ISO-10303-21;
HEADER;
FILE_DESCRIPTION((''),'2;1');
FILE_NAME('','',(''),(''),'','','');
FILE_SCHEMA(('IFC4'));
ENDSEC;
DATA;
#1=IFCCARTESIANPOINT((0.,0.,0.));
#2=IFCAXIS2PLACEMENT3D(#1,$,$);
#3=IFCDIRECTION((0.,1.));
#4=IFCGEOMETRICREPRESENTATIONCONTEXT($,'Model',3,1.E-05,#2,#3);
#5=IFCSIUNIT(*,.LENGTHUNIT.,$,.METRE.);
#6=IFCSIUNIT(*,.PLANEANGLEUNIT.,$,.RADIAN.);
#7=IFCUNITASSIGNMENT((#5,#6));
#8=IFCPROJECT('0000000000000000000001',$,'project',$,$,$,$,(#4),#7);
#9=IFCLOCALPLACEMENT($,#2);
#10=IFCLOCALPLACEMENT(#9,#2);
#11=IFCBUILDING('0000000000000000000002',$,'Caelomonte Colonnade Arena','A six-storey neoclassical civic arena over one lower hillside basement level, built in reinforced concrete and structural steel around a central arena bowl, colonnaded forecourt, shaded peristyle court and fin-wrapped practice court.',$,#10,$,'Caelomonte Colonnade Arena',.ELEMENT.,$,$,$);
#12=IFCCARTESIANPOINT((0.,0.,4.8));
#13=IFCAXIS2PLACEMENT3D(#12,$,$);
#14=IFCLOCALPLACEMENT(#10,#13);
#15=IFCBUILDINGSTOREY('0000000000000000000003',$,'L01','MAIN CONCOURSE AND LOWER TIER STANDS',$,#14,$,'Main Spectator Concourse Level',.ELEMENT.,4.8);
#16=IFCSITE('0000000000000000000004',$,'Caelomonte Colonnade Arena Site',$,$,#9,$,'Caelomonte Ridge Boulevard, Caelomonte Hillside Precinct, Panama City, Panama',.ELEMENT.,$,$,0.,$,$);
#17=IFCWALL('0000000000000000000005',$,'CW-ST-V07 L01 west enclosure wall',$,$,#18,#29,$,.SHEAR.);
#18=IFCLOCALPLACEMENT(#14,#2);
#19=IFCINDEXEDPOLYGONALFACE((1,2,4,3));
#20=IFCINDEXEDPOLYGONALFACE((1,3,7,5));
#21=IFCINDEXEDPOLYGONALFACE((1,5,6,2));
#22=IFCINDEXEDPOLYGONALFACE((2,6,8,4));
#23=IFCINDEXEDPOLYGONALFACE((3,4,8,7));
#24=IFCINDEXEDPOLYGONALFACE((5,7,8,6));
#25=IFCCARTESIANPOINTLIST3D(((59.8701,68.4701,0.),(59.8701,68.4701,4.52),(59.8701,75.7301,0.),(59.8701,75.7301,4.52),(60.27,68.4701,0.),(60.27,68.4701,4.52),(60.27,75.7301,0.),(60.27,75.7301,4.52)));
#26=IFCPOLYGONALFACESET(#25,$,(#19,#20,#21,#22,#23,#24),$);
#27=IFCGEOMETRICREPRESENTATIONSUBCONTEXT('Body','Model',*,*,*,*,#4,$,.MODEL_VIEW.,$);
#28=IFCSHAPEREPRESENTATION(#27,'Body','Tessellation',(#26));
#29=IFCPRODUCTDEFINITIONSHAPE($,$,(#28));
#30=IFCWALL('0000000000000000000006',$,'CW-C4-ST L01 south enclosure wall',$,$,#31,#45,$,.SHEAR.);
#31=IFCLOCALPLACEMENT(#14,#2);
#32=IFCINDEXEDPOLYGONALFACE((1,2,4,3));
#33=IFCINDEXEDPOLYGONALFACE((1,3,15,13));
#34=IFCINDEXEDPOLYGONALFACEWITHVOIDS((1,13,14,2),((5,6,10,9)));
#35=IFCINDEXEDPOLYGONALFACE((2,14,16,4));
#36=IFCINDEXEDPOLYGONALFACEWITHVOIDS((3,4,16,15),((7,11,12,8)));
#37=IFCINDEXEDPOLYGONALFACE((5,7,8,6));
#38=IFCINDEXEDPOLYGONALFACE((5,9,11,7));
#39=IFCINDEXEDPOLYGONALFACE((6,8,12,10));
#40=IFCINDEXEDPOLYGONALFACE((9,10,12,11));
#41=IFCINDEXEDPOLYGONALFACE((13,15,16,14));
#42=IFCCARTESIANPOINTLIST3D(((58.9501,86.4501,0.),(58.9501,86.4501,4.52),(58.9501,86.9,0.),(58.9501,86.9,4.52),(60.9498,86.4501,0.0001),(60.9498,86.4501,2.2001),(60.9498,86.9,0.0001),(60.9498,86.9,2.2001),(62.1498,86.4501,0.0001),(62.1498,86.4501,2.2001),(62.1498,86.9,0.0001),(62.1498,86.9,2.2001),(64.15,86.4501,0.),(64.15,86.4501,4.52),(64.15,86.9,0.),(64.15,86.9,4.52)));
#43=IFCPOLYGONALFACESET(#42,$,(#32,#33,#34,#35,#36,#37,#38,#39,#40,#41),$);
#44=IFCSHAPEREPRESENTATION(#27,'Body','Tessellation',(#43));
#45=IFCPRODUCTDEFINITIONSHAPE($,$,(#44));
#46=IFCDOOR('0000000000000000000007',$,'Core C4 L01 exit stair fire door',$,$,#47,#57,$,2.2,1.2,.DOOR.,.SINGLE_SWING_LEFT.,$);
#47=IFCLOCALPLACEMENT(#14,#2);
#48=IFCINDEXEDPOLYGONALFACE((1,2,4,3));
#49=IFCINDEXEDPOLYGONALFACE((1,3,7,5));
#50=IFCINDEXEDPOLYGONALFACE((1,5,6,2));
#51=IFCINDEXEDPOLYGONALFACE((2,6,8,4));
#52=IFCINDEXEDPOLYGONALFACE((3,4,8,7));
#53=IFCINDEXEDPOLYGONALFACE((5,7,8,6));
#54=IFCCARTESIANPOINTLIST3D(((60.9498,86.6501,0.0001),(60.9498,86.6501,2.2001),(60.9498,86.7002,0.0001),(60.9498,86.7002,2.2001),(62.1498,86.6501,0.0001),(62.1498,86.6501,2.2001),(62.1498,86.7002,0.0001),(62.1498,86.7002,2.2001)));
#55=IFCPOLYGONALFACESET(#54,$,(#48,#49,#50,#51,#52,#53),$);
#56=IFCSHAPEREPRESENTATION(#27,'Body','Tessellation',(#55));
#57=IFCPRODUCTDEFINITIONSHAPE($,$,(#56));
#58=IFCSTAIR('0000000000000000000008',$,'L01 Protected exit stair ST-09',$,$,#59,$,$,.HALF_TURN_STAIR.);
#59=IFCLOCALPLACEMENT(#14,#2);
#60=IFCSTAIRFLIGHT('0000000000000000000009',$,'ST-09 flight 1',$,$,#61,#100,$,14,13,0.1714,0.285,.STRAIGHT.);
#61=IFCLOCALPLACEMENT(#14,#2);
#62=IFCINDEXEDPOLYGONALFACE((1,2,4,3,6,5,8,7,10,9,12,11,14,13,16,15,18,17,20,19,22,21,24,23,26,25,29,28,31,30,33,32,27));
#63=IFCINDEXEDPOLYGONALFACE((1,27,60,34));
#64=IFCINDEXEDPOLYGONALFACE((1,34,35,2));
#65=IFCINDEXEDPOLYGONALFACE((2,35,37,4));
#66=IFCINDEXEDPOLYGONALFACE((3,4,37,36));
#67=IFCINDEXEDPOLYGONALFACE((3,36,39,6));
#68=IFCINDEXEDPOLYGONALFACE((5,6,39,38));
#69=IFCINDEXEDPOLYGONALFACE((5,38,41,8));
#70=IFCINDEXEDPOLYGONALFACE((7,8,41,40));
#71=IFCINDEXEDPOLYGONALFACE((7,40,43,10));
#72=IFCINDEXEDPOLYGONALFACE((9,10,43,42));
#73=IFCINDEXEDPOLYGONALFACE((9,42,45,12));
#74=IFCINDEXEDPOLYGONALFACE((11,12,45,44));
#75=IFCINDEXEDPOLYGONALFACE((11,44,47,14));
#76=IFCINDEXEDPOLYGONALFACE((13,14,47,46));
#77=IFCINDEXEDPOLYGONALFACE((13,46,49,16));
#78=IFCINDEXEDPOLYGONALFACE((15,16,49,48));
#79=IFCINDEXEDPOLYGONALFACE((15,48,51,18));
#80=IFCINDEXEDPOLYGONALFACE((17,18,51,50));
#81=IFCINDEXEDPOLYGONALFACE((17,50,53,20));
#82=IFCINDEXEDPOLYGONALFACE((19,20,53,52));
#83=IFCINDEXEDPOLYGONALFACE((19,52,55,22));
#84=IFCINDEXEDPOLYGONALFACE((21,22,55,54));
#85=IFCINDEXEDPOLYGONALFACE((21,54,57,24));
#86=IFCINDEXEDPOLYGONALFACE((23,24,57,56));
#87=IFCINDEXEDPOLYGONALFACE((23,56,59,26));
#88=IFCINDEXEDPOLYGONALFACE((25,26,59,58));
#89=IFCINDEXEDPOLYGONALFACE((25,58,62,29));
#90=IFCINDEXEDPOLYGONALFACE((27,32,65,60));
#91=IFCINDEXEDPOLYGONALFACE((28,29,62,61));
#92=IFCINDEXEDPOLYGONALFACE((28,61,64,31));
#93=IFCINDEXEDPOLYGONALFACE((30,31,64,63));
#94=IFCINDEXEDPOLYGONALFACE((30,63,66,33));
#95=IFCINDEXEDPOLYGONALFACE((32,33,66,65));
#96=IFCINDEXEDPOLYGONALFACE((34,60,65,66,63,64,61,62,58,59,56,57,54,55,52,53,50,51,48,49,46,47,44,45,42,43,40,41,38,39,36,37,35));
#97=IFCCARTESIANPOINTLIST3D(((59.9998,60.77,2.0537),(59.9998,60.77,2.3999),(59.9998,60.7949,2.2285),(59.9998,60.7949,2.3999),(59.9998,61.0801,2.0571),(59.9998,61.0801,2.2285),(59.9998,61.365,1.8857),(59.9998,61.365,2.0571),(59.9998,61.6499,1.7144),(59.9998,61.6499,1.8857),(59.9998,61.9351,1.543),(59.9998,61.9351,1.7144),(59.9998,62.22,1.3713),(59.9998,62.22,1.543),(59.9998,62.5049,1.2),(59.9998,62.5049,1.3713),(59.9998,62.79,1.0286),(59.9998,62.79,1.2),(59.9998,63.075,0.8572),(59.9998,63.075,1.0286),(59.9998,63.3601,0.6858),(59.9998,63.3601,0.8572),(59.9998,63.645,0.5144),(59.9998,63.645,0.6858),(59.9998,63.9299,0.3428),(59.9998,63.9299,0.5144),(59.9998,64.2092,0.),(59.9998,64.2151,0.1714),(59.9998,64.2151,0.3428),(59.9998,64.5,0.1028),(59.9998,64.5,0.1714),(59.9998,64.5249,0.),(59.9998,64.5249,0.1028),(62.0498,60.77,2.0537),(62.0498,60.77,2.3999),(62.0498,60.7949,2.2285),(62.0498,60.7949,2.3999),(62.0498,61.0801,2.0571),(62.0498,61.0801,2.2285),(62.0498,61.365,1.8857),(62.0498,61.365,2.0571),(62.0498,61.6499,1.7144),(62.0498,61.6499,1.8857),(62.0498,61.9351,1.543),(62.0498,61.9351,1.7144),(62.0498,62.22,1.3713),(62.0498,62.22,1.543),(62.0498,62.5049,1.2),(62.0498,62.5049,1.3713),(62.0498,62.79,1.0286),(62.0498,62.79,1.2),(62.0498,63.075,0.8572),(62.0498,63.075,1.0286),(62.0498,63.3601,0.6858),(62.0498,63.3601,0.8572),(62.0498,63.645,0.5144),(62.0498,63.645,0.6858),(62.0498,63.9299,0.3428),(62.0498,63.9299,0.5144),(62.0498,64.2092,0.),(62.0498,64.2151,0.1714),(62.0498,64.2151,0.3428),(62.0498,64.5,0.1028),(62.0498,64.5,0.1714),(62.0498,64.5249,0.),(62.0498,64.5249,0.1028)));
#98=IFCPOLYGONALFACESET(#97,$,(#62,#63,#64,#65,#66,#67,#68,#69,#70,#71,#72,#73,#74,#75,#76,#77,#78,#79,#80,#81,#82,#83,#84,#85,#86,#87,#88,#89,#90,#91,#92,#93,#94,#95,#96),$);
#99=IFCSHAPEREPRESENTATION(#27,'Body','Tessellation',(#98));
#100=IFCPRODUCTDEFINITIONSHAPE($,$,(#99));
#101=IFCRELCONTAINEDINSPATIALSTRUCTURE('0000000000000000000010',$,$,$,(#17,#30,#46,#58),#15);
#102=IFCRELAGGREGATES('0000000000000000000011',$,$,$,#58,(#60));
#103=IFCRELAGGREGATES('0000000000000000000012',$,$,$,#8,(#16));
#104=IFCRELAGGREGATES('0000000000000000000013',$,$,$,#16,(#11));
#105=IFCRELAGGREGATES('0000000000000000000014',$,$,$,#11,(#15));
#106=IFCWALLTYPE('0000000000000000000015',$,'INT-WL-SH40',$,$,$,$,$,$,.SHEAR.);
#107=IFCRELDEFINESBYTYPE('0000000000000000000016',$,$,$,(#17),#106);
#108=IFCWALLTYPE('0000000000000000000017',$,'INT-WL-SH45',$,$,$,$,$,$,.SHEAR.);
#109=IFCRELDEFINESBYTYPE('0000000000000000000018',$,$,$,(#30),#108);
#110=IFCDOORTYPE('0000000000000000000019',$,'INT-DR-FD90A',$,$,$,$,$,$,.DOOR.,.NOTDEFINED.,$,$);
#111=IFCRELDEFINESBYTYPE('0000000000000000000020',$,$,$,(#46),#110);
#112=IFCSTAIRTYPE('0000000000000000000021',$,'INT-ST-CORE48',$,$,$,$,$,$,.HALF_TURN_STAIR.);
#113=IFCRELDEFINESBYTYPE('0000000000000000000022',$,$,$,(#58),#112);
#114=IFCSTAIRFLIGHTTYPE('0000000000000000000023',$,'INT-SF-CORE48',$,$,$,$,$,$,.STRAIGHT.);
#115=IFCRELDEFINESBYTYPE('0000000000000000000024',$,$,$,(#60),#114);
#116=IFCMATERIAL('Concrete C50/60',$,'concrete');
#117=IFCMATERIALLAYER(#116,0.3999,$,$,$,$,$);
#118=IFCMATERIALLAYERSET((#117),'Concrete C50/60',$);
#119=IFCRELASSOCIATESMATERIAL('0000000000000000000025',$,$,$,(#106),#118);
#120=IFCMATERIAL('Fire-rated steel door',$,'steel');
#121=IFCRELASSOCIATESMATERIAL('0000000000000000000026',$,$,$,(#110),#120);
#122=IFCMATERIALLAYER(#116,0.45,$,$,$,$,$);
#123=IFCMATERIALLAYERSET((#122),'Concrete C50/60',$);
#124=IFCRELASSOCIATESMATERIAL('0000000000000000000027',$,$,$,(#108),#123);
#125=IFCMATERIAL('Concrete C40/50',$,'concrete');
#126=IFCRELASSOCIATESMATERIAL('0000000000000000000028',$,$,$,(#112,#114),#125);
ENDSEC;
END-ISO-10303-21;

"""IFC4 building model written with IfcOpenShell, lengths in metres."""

from ifc_helpers import new_model, si_unit, direction, frame, frame_2d, origin, place, context, subcontext, project, spatial, polyline, rectangle, outline, extrude, material, layer, layer_set, type_object, element, fill, aggregate, save


model = new_model("IFC4")

# Units and contexts
model_context = context("Model", 3, precision=1e-05, world=origin(), true_north=direction((0.0, 1.0)))
body_context = subcontext(model_context, "Body", "Model", "MODEL_VIEW")
ifc_project = project(units=[si_unit("LENGTHUNIT", "METRE"), si_unit("PLANEANGLEUNIT", "RADIAN")], contexts=[model_context])

# Site, building, storey
site_placement = place(None, origin())
site = spatial("IfcSite", under=ifc_project, at=site_placement, Name="Caelomonte Colonnade Arena Site", LongName="Caelomonte Ridge Boulevard, Caelomonte Hillside Precinct, Panama City, Panama", CompositionType="ELEMENT", RefElevation=0.0)
building_placement = place(site_placement, origin())
building = spatial("IfcBuilding", under=site, at=building_placement, Name="Caelomonte Colonnade Arena", Description="A six-storey neoclassical civic arena over one lower hillside basement level, built in reinforced concrete and structural steel around a central arena bowl, colonnaded forecourt, shaded peristyle court and fin-wrapped practice court.", LongName="Caelomonte Colonnade Arena", CompositionType="ELEMENT")
storey_placement = place(building_placement, frame((0.0, 0.0, 4.8)))
storey = spatial("IfcBuildingStorey", under=building, at=storey_placement, Name="L01", Description="MAIN CONCOURSE AND LOWER TIER STANDS", LongName="Main Spectator Concourse Level", CompositionType="ELEMENT", Elevation=4.8)

# Shared definitions
ifc_material_1 = material(Name="Concrete C40/50", Category="concrete")

# Shared definitions
ifc_material_2 = material(Name="Concrete C50/60", Category="concrete")
ifc_layer_1 = layer(ifc_material_2, 0.3999)
ifc_layer_set_1 = layer_set([ifc_layer_1], Name="Concrete C50/60")
wall_type_1 = type_object("IfcWallType", Name="INT-WL-SH40", PredefinedType="SHEAR", material=ifc_layer_set_1)

# Shared definitions
ifc_material_3 = material(Name="Fire-rated steel door", Category="steel")
door_type = type_object("IfcDoorType", Name="INT-DR-FD90A", OperationType="NOTDEFINED", PredefinedType="DOOR", material=ifc_material_3)

# Wall
wall_1_placement = place(storey_placement, frame((60.0701, 75.73, 0.0), z_axis=(0.0, 0.0, 1.0), x_axis=(0.0, -1.0, 0.0)))
element("IfcWall", 1, at=wall_1_placement, inside=storey, type_object=wall_type_1, Name="CW-ST-V07 L01 west enclosure wall", PredefinedType="SHEAR", context=body_context, shape_type="SweptSolid", body=[
    extrude(rectangle(XDim=7.26, YDim=0.3999, at=frame_2d((3.6299, 0.0))), origin(), (0.0, 0.0, 1.0), 4.52),
])

# Wall, opening, door
ifc_layer_2 = layer(ifc_material_2, 0.45)
ifc_layer_set_2 = layer_set([ifc_layer_2], Name="Concrete C50/60")
wall_type_2 = type_object("IfcWallType", Name="INT-WL-SH45", PredefinedType="SHEAR", material=ifc_layer_set_2)
wall_2_placement = place(storey_placement, frame((58.95, 86.675, 0.0), z_axis=(0.0, 0.0, 1.0), x_axis=(1.0, 0.0, 0.0)))
wall_2 = element("IfcWall", 2, at=wall_2_placement, inside=storey, type_object=wall_type_2, Name="CW-C4-ST L01 south enclosure wall", PredefinedType="SHEAR", context=body_context, shape_type="SweptSolid", body=[
    extrude(rectangle(XDim=5.2, YDim=0.45, at=frame_2d((2.6001, 0.0))), origin(), (0.0, 0.0, 1.0), 4.52),
])
opening_1_placement = place(wall_2_placement, frame((3.2, 0.0, 0.0), z_axis=(0.0, 0.0, 1.0), x_axis=(-1.0, 0.0, 0.0)))
opening_1 = element("IfcOpeningElement", 3, at=opening_1_placement, cuts=wall_2, PredefinedType="OPENING", context=body_context, shape_type="SweptSolid", body=[
    extrude(rectangle(XDim=1.2, YDim=2.2, at=frame_2d((0.6001, 1.1001))), frame((0.0, 0.2349, 0.0), z_axis=(0.0, -1.0, 0.0), x_axis=(1.0, 0.0, 0.0)), (0.0, 0.0, 1.0), 0.47),
])
door_1_placement = place(opening_1_placement, origin())
door_1 = element("IfcDoor", 4, at=door_1_placement, inside=storey, type_object=door_type, Name="Core C4 L01 exit stair fire door", OperationType="SINGLE_SWING_LEFT", OverallHeight=2.2, OverallWidth=1.2, PredefinedType="DOOR", context=body_context, shape_type="SweptSolid", body=[
    extrude(rectangle(XDim=1.2, YDim=2.2, at=frame_2d((0.6001, 1.1001))), frame((0.0, 0.0249, 0.0), z_axis=(0.0, -1.0, 0.0), x_axis=(1.0, 0.0, 0.0)), (0.0, 0.0, 1.0), 0.05),
])
fill(opening_1, door_1)

# Stair, stair flight
stair_type = type_object("IfcStairType", Name="INT-ST-CORE48", PredefinedType="HALF_TURN_STAIR", material=ifc_material_1)
stair_placement = place(storey_placement, origin())
stair = element("IfcStair", 5, at=stair_placement, inside=storey, type_object=stair_type, Name="L01 Protected exit stair ST-09", PredefinedType="HALF_TURN_STAIR")
stair_flight_type = type_object("IfcStairFlightType", Name="INT-SF-CORE48", PredefinedType="STRAIGHT", material=ifc_material_1)
stair_flight_placement = place(storey_placement, frame((61.0249, 64.5, 0.0), z_axis=(0.0, 0.0, 1.0), x_axis=(0.0, -1.0, 0.0)))
stair_flight = element("IfcStairFlight", 6, at=stair_flight_placement, type_object=stair_flight_type, Name="ST-09 flight 1", NumberOfRisers=14, NumberOfTreads=13, PredefinedType="STRAIGHT", RiserHeight=0.1714, TreadLength=0.285, context=body_context, shape_type="SweptSolid", body=[
    extrude(outline(polyline([(-0.0249, 0.0), (-0.0249, 0.1028), (0.0, 0.1028), (0.0, 0.1714), (0.2849, 0.1714), (0.2849, 0.3428), (0.5701, 0.3428), (0.5701, 0.5144), (0.855, 0.5144), (0.855, 0.6858), (1.1399, 0.6858), (1.1399, 0.8572), (1.425, 0.8572), (1.425, 1.0286), (1.71, 1.0286), (1.71, 1.2), (1.9951, 1.2), (1.9951, 1.3713), (2.28, 1.3713), (2.28, 1.543), (2.5649, 1.543), (2.5649, 1.7144), (2.8501, 1.7144), (2.8501, 1.8857), (3.135, 1.8857), (3.135, 2.0571), (3.4199, 2.0571), (3.4199, 2.2285), (3.7051, 2.2285), (3.7051, 2.3999), (3.73, 2.3999), (3.73, 2.0537), (0.2908, 0.0), (-0.0249, 0.0)])), frame((0.0, 1.0249, 0.0), z_axis=(0.0, -1.0, 0.0), x_axis=(1.0, 0.0, 0.0)), (0.0, 0.0, 1.0), 2.05),
])
aggregate(stair, [stair_flight])

save(model, "model.ifc")
